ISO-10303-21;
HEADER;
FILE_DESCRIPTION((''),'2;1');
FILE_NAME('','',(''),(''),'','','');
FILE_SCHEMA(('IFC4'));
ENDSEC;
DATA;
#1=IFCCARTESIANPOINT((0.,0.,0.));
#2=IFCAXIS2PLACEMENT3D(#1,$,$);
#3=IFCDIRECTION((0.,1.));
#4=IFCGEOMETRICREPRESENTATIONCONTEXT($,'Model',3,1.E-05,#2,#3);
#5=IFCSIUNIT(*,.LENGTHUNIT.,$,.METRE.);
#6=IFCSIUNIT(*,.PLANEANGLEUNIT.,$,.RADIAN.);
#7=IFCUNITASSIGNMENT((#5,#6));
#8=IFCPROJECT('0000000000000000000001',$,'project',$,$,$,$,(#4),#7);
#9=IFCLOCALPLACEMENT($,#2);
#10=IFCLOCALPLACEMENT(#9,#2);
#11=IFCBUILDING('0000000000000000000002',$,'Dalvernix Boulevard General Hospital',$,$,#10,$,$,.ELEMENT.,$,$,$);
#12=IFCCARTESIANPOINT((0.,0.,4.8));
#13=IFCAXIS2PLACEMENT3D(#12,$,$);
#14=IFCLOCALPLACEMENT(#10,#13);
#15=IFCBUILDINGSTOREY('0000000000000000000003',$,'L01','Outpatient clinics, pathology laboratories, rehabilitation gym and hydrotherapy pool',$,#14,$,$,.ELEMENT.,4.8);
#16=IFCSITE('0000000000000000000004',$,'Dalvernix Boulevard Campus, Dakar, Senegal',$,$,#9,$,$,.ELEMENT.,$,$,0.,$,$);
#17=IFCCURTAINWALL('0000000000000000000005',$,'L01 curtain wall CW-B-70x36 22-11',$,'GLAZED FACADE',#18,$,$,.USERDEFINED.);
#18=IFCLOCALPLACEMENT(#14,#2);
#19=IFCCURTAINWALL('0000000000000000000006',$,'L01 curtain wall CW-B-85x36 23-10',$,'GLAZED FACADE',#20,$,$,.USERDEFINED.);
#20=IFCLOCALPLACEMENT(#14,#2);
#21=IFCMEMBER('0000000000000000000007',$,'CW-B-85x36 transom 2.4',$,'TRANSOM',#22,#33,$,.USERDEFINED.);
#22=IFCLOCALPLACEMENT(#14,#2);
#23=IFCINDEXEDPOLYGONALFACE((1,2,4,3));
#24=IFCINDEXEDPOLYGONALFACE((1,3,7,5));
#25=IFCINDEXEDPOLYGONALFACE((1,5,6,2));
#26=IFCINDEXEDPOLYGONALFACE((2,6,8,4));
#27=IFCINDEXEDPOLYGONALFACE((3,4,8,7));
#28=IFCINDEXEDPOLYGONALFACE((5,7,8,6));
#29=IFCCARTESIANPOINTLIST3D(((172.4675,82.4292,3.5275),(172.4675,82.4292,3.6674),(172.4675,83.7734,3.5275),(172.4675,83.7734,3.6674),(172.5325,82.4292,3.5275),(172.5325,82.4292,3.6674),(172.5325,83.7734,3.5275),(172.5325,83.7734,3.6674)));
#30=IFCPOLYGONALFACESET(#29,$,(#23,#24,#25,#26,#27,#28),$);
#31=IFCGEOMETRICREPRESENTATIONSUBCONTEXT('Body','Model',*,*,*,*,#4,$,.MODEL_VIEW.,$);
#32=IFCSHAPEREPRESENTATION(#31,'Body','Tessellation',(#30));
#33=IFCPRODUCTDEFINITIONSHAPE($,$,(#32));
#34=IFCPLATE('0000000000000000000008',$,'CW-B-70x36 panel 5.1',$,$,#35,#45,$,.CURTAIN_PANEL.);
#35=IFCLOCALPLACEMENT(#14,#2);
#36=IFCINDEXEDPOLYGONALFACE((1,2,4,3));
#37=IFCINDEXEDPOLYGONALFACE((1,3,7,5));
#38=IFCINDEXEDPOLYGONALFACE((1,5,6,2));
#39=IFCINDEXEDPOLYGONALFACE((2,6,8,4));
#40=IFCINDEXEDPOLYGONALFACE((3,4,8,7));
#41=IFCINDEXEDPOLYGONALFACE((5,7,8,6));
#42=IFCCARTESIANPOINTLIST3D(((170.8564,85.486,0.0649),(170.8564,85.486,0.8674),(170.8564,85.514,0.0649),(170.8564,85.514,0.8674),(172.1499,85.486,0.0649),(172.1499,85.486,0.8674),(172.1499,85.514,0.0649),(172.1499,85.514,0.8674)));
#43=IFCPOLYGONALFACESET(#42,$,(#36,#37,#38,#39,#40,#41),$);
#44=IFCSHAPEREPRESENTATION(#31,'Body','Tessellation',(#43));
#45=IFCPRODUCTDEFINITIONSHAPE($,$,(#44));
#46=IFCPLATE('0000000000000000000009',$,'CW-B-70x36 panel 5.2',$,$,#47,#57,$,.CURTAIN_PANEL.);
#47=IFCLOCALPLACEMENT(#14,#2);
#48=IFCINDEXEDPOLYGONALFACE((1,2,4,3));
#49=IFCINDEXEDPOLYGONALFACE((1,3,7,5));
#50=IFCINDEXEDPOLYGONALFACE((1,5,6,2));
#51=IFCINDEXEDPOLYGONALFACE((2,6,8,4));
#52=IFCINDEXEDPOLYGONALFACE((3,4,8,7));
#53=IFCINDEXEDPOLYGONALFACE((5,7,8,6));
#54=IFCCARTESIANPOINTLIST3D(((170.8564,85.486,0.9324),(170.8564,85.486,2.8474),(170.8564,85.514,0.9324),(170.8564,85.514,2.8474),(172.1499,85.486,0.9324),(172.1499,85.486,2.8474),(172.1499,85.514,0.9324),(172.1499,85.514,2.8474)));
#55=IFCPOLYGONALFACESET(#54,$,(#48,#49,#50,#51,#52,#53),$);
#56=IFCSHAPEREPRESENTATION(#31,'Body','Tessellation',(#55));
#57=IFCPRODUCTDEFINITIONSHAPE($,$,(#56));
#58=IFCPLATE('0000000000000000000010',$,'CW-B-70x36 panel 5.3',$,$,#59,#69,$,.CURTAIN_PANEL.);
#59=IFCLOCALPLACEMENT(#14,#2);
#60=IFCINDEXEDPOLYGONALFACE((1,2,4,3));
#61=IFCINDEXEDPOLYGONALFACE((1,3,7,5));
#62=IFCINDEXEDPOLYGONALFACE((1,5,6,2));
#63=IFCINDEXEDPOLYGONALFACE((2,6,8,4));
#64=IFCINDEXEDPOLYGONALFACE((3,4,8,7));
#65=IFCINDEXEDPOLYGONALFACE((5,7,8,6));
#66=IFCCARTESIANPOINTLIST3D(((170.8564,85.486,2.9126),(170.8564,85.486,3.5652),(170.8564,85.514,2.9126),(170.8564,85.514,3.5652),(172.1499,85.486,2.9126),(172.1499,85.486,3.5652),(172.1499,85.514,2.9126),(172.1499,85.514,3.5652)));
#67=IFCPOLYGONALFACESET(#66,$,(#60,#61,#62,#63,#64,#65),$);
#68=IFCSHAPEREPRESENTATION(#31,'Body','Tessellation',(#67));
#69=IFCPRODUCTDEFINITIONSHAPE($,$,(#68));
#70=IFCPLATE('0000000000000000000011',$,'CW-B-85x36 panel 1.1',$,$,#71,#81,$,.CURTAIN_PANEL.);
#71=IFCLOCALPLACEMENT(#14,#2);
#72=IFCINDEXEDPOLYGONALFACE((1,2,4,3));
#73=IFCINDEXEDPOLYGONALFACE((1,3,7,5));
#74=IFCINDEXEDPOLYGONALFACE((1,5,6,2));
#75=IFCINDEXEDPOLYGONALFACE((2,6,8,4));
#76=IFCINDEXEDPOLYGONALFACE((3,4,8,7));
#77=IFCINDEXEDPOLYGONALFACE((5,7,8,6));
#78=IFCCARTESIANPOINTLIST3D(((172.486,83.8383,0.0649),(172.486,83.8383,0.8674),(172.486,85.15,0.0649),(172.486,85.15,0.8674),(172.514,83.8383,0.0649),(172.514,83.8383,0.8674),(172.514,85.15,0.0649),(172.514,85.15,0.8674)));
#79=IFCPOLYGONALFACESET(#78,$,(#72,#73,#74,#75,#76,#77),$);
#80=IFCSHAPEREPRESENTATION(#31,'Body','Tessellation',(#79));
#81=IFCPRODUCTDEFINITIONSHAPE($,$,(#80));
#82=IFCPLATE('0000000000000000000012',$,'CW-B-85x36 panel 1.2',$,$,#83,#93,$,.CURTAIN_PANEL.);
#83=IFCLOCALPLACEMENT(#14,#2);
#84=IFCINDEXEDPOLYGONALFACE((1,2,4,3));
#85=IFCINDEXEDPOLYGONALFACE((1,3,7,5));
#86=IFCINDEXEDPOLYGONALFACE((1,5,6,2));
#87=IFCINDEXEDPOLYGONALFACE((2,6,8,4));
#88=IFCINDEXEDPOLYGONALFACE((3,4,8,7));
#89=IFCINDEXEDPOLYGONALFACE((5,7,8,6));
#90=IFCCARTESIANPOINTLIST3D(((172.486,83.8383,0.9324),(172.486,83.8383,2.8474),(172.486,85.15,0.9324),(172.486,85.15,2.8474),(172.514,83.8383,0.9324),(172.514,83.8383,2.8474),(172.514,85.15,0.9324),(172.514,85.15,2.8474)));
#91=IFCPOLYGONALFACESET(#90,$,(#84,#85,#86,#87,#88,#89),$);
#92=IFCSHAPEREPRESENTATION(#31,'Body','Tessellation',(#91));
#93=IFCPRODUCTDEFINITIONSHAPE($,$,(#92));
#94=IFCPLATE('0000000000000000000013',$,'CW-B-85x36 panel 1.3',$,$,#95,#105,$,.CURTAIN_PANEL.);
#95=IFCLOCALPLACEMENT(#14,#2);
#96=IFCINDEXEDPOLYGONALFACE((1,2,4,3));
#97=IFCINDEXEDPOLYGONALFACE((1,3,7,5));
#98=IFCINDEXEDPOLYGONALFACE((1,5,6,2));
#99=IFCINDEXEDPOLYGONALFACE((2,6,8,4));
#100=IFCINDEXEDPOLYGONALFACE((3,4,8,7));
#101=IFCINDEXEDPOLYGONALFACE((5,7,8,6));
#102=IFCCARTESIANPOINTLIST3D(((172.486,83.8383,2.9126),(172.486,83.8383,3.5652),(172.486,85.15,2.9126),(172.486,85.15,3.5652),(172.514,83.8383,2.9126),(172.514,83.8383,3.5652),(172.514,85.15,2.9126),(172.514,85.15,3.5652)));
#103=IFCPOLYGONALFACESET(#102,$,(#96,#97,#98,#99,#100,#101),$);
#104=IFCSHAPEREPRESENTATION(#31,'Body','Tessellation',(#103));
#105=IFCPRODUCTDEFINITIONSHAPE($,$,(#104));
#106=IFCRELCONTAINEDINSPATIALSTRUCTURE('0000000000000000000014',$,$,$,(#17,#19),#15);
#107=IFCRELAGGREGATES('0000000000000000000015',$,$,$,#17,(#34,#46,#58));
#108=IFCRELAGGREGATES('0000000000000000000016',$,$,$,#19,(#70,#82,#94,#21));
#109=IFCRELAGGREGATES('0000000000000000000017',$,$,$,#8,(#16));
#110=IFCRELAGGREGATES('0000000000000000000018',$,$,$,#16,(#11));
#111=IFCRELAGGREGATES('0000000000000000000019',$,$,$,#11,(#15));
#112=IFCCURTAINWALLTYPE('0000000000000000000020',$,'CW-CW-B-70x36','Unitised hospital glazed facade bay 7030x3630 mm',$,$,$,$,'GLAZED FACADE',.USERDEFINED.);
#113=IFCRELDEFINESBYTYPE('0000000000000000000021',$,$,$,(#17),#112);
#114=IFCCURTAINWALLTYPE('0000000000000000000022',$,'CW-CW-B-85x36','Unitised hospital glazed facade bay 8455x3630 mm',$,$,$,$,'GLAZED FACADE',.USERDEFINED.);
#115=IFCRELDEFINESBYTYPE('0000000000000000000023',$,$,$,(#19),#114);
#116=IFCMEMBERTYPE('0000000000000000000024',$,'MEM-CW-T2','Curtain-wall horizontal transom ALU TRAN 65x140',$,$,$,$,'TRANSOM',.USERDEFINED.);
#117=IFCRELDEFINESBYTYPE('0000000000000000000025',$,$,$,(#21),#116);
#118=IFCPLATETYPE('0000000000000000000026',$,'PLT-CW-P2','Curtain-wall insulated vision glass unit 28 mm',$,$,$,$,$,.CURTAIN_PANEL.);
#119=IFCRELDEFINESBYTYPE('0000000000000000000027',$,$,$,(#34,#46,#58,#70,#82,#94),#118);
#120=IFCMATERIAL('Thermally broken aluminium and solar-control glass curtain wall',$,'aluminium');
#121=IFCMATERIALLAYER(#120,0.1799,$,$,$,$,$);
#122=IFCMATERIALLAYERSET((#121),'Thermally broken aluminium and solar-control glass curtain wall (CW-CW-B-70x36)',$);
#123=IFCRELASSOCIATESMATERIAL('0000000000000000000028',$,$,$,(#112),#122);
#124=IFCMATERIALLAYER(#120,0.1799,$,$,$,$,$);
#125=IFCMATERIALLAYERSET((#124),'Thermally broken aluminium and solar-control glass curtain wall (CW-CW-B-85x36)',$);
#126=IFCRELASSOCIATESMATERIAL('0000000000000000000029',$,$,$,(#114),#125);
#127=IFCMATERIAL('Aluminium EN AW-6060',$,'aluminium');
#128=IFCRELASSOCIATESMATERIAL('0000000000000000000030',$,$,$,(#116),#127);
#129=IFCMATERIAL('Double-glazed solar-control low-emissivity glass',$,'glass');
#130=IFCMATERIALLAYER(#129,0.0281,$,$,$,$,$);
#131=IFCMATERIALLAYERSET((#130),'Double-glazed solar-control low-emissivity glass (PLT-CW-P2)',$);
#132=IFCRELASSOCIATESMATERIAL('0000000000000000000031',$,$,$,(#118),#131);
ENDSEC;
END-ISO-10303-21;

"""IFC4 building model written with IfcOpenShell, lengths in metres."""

from ifc_helpers import new_model, si_unit, direction, frame, origin, origin_2d, place, context, subcontext, project, spatial, rectangle, extrude, material, layer, layer_set, material_profile, profile_set, type_object, element, aggregate, save


model = new_model("IFC4")

# Units and contexts
model_context = context("Model", 3, precision=1e-05, world=origin(), true_north=direction((0.0, 1.0)))
body_context = subcontext(model_context, "Body", "Model", "MODEL_VIEW")
ifc_project = project(units=[si_unit("LENGTHUNIT", "METRE"), si_unit("PLANEANGLEUNIT", "RADIAN")], contexts=[model_context])

# Site, building, storey
site_placement = place(None, origin())
site = spatial("IfcSite", under=ifc_project, at=site_placement, Name="Dalvernix Boulevard Campus, Dakar, Senegal", CompositionType="ELEMENT", RefElevation=0.0)
building_placement = place(site_placement, origin())
building = spatial("IfcBuilding", under=site, at=building_placement, Name="Dalvernix Boulevard General Hospital", CompositionType="ELEMENT")
storey_placement = place(building_placement, frame((0.0, 0.0, 4.8)))
storey = spatial("IfcBuildingStorey", under=building, at=storey_placement, Name="L01", Description="Outpatient clinics, pathology laboratories, rehabilitation gym and hydrotherapy pool", CompositionType="ELEMENT", Elevation=4.8)

# Curtain wall
ifc_material_1 = material(Name="Thermally broken aluminium and solar-control glass curtain wall", Category="aluminium")
ifc_layer_1 = layer(ifc_material_1, 0.1799)
ifc_layer_set_1 = layer_set([ifc_layer_1], Name="Thermally broken aluminium and solar-control glass curtain wall (CW-CW-B-70x36)")
curtain_wall_type_1 = type_object("IfcCurtainWallType", Name="CW-CW-B-70x36", Description="Unitised hospital glazed facade bay 7030x3630 mm", ElementType="GLAZED FACADE", PredefinedType="USERDEFINED", material=ifc_layer_set_1)
curtain_wall_1_placement = place(storey_placement, origin())
curtain_wall_1 = element("IfcCurtainWall", 1, at=curtain_wall_1_placement, inside=storey, type_object=curtain_wall_type_1, Name="L01 curtain wall CW-B-70x36 22-11", ObjectType="GLAZED FACADE", PredefinedType="USERDEFINED")
ifc_material_2 = material(Name="Aluminium EN AW-6060", Category="aluminium")

# Curtain wall
ifc_layer_2 = layer(ifc_material_1, 0.1799)
ifc_layer_set_2 = layer_set([ifc_layer_2], Name="Thermally broken aluminium and solar-control glass curtain wall (CW-CW-B-85x36)")
curtain_wall_type_2 = type_object("IfcCurtainWallType", Name="CW-CW-B-85x36", Description="Unitised hospital glazed facade bay 8455x3630 mm", ElementType="GLAZED FACADE", PredefinedType="USERDEFINED", material=ifc_layer_set_2)
curtain_wall_2_placement = place(storey_placement, origin())
curtain_wall_2 = element("IfcCurtainWall", 2, at=curtain_wall_2_placement, inside=storey, type_object=curtain_wall_type_2, Name="L01 curtain wall CW-B-85x36 23-10", ObjectType="GLAZED FACADE", PredefinedType="USERDEFINED")

# Member
ifc_material_profile_1 = material_profile(ifc_material_2, rectangle(XDim=0.0649, YDim=0.1399, at=origin_2d()), Name="ALU TRAN 65x140")
ifc_profile_set_1 = profile_set([ifc_material_profile_1], Name="Aluminium EN AW-6060")
member_type_1 = type_object("IfcMemberType", Name="MEM-CW-T2", Description="Curtain-wall horizontal transom ALU TRAN 65x140", ElementType="TRANSOM", PredefinedType="USERDEFINED", material=ifc_profile_set_1)
member_1_placement = place(storey_placement, frame((172.5, 83.7734, 3.5974), z_axis=(0.0, -1.0, 0.0), x_axis=(1.0, 0.0, 0.0)))
member_1 = element("IfcMember", 3, at=member_1_placement, type_object=member_type_1, Name="CW-B-85x36 transom 2.4", ObjectType="TRANSOM", PredefinedType="USERDEFINED", context=body_context, shape_type="SweptSolid", body=[
    extrude(rectangle(XDim=0.0649, YDim=0.1399, at=origin_2d()), origin(), (0.0, 0.0, 1.0), 1.3442),
])

# Plates
ifc_material_3 = material(Name="Double-glazed solar-control low-emissivity glass", Category="glass")
ifc_layer_3 = layer(ifc_material_3, 0.0281)
ifc_layer_set_3 = layer_set([ifc_layer_3], Name="Double-glazed solar-control low-emissivity glass (PLT-CW-P2)")
plate_type = type_object("IfcPlateType", Name="PLT-CW-P2", Description="Curtain-wall insulated vision glass unit 28 mm", PredefinedType="CURTAIN_PANEL", material=ifc_layer_set_3)
plate_1_placement = place(storey_placement, frame((171.5032, 85.5, 0.0649), z_axis=(0.0, 0.0, 1.0), x_axis=(1.0, 0.0, 0.0)))
plate_1 = element("IfcPlate", 4, at=plate_1_placement, type_object=plate_type, Name="CW-B-70x36 panel 5.1", PredefinedType="CURTAIN_PANEL", context=body_context, shape_type="SweptSolid", body=[
    extrude(rectangle(XDim=1.2935, YDim=0.0281, at=origin_2d()), origin(), (0.0, 0.0, 1.0), 0.8025),
])
plate_2_placement = place(storey_placement, frame((171.5032, 85.5, 0.9324), z_axis=(0.0, 0.0, 1.0), x_axis=(1.0, 0.0, 0.0)))
plate_2 = element("IfcPlate", 5, at=plate_2_placement, type_object=plate_type, Name="CW-B-70x36 panel 5.2", PredefinedType="CURTAIN_PANEL", context=body_context, shape_type="SweptSolid", body=[
    extrude(rectangle(XDim=1.2935, YDim=0.0281, at=origin_2d()), origin(), (0.0, 0.0, 1.0), 1.915),
])
plate_3_placement = place(storey_placement, frame((171.5032, 85.5, 2.9126), z_axis=(0.0, 0.0, 1.0), x_axis=(1.0, 0.0, 0.0)))
plate_3 = element("IfcPlate", 6, at=plate_3_placement, type_object=plate_type, Name="CW-B-70x36 panel 5.3", PredefinedType="CURTAIN_PANEL", context=body_context, shape_type="SweptSolid", body=[
    extrude(rectangle(XDim=1.2935, YDim=0.0281, at=origin_2d()), origin(), (0.0, 0.0, 1.0), 0.6526),
])
aggregate(curtain_wall_1, [plate_1, plate_2, plate_3])
plate_4_placement = place(storey_placement, frame((172.5, 84.4941, 0.0649), z_axis=(0.0, 0.0, 1.0), x_axis=(0.0, -1.0, 0.0)))
plate_4 = element("IfcPlate", 7, at=plate_4_placement, type_object=plate_type, Name="CW-B-85x36 panel 1.1", PredefinedType="CURTAIN_PANEL", context=body_context, shape_type="SweptSolid", body=[
    extrude(rectangle(XDim=1.3118, YDim=0.0281, at=origin_2d()), origin(), (0.0, 0.0, 1.0), 0.8025),
])
plate_5_placement = place(storey_placement, frame((172.5, 84.4941, 0.9324), z_axis=(0.0, 0.0, 1.0), x_axis=(0.0, -1.0, 0.0)))
plate_5 = element("IfcPlate", 8, at=plate_5_placement, type_object=plate_type, Name="CW-B-85x36 panel 1.2", PredefinedType="CURTAIN_PANEL", context=body_context, shape_type="SweptSolid", body=[
    extrude(rectangle(XDim=1.3118, YDim=0.0281, at=origin_2d()), origin(), (0.0, 0.0, 1.0), 1.915),
])
plate_6_placement = place(storey_placement, frame((172.5, 84.4941, 2.9126), z_axis=(0.0, 0.0, 1.0), x_axis=(0.0, -1.0, 0.0)))
plate_6 = element("IfcPlate", 9, at=plate_6_placement, type_object=plate_type, Name="CW-B-85x36 panel 1.3", PredefinedType="CURTAIN_PANEL", context=body_context, shape_type="SweptSolid", body=[
    extrude(rectangle(XDim=1.3118, YDim=0.0281, at=origin_2d()), origin(), (0.0, 0.0, 1.0), 0.6526),
])
aggregate(curtain_wall_2, [plate_4, plate_5, plate_6, member_1])

save(model, "model.ifc")
